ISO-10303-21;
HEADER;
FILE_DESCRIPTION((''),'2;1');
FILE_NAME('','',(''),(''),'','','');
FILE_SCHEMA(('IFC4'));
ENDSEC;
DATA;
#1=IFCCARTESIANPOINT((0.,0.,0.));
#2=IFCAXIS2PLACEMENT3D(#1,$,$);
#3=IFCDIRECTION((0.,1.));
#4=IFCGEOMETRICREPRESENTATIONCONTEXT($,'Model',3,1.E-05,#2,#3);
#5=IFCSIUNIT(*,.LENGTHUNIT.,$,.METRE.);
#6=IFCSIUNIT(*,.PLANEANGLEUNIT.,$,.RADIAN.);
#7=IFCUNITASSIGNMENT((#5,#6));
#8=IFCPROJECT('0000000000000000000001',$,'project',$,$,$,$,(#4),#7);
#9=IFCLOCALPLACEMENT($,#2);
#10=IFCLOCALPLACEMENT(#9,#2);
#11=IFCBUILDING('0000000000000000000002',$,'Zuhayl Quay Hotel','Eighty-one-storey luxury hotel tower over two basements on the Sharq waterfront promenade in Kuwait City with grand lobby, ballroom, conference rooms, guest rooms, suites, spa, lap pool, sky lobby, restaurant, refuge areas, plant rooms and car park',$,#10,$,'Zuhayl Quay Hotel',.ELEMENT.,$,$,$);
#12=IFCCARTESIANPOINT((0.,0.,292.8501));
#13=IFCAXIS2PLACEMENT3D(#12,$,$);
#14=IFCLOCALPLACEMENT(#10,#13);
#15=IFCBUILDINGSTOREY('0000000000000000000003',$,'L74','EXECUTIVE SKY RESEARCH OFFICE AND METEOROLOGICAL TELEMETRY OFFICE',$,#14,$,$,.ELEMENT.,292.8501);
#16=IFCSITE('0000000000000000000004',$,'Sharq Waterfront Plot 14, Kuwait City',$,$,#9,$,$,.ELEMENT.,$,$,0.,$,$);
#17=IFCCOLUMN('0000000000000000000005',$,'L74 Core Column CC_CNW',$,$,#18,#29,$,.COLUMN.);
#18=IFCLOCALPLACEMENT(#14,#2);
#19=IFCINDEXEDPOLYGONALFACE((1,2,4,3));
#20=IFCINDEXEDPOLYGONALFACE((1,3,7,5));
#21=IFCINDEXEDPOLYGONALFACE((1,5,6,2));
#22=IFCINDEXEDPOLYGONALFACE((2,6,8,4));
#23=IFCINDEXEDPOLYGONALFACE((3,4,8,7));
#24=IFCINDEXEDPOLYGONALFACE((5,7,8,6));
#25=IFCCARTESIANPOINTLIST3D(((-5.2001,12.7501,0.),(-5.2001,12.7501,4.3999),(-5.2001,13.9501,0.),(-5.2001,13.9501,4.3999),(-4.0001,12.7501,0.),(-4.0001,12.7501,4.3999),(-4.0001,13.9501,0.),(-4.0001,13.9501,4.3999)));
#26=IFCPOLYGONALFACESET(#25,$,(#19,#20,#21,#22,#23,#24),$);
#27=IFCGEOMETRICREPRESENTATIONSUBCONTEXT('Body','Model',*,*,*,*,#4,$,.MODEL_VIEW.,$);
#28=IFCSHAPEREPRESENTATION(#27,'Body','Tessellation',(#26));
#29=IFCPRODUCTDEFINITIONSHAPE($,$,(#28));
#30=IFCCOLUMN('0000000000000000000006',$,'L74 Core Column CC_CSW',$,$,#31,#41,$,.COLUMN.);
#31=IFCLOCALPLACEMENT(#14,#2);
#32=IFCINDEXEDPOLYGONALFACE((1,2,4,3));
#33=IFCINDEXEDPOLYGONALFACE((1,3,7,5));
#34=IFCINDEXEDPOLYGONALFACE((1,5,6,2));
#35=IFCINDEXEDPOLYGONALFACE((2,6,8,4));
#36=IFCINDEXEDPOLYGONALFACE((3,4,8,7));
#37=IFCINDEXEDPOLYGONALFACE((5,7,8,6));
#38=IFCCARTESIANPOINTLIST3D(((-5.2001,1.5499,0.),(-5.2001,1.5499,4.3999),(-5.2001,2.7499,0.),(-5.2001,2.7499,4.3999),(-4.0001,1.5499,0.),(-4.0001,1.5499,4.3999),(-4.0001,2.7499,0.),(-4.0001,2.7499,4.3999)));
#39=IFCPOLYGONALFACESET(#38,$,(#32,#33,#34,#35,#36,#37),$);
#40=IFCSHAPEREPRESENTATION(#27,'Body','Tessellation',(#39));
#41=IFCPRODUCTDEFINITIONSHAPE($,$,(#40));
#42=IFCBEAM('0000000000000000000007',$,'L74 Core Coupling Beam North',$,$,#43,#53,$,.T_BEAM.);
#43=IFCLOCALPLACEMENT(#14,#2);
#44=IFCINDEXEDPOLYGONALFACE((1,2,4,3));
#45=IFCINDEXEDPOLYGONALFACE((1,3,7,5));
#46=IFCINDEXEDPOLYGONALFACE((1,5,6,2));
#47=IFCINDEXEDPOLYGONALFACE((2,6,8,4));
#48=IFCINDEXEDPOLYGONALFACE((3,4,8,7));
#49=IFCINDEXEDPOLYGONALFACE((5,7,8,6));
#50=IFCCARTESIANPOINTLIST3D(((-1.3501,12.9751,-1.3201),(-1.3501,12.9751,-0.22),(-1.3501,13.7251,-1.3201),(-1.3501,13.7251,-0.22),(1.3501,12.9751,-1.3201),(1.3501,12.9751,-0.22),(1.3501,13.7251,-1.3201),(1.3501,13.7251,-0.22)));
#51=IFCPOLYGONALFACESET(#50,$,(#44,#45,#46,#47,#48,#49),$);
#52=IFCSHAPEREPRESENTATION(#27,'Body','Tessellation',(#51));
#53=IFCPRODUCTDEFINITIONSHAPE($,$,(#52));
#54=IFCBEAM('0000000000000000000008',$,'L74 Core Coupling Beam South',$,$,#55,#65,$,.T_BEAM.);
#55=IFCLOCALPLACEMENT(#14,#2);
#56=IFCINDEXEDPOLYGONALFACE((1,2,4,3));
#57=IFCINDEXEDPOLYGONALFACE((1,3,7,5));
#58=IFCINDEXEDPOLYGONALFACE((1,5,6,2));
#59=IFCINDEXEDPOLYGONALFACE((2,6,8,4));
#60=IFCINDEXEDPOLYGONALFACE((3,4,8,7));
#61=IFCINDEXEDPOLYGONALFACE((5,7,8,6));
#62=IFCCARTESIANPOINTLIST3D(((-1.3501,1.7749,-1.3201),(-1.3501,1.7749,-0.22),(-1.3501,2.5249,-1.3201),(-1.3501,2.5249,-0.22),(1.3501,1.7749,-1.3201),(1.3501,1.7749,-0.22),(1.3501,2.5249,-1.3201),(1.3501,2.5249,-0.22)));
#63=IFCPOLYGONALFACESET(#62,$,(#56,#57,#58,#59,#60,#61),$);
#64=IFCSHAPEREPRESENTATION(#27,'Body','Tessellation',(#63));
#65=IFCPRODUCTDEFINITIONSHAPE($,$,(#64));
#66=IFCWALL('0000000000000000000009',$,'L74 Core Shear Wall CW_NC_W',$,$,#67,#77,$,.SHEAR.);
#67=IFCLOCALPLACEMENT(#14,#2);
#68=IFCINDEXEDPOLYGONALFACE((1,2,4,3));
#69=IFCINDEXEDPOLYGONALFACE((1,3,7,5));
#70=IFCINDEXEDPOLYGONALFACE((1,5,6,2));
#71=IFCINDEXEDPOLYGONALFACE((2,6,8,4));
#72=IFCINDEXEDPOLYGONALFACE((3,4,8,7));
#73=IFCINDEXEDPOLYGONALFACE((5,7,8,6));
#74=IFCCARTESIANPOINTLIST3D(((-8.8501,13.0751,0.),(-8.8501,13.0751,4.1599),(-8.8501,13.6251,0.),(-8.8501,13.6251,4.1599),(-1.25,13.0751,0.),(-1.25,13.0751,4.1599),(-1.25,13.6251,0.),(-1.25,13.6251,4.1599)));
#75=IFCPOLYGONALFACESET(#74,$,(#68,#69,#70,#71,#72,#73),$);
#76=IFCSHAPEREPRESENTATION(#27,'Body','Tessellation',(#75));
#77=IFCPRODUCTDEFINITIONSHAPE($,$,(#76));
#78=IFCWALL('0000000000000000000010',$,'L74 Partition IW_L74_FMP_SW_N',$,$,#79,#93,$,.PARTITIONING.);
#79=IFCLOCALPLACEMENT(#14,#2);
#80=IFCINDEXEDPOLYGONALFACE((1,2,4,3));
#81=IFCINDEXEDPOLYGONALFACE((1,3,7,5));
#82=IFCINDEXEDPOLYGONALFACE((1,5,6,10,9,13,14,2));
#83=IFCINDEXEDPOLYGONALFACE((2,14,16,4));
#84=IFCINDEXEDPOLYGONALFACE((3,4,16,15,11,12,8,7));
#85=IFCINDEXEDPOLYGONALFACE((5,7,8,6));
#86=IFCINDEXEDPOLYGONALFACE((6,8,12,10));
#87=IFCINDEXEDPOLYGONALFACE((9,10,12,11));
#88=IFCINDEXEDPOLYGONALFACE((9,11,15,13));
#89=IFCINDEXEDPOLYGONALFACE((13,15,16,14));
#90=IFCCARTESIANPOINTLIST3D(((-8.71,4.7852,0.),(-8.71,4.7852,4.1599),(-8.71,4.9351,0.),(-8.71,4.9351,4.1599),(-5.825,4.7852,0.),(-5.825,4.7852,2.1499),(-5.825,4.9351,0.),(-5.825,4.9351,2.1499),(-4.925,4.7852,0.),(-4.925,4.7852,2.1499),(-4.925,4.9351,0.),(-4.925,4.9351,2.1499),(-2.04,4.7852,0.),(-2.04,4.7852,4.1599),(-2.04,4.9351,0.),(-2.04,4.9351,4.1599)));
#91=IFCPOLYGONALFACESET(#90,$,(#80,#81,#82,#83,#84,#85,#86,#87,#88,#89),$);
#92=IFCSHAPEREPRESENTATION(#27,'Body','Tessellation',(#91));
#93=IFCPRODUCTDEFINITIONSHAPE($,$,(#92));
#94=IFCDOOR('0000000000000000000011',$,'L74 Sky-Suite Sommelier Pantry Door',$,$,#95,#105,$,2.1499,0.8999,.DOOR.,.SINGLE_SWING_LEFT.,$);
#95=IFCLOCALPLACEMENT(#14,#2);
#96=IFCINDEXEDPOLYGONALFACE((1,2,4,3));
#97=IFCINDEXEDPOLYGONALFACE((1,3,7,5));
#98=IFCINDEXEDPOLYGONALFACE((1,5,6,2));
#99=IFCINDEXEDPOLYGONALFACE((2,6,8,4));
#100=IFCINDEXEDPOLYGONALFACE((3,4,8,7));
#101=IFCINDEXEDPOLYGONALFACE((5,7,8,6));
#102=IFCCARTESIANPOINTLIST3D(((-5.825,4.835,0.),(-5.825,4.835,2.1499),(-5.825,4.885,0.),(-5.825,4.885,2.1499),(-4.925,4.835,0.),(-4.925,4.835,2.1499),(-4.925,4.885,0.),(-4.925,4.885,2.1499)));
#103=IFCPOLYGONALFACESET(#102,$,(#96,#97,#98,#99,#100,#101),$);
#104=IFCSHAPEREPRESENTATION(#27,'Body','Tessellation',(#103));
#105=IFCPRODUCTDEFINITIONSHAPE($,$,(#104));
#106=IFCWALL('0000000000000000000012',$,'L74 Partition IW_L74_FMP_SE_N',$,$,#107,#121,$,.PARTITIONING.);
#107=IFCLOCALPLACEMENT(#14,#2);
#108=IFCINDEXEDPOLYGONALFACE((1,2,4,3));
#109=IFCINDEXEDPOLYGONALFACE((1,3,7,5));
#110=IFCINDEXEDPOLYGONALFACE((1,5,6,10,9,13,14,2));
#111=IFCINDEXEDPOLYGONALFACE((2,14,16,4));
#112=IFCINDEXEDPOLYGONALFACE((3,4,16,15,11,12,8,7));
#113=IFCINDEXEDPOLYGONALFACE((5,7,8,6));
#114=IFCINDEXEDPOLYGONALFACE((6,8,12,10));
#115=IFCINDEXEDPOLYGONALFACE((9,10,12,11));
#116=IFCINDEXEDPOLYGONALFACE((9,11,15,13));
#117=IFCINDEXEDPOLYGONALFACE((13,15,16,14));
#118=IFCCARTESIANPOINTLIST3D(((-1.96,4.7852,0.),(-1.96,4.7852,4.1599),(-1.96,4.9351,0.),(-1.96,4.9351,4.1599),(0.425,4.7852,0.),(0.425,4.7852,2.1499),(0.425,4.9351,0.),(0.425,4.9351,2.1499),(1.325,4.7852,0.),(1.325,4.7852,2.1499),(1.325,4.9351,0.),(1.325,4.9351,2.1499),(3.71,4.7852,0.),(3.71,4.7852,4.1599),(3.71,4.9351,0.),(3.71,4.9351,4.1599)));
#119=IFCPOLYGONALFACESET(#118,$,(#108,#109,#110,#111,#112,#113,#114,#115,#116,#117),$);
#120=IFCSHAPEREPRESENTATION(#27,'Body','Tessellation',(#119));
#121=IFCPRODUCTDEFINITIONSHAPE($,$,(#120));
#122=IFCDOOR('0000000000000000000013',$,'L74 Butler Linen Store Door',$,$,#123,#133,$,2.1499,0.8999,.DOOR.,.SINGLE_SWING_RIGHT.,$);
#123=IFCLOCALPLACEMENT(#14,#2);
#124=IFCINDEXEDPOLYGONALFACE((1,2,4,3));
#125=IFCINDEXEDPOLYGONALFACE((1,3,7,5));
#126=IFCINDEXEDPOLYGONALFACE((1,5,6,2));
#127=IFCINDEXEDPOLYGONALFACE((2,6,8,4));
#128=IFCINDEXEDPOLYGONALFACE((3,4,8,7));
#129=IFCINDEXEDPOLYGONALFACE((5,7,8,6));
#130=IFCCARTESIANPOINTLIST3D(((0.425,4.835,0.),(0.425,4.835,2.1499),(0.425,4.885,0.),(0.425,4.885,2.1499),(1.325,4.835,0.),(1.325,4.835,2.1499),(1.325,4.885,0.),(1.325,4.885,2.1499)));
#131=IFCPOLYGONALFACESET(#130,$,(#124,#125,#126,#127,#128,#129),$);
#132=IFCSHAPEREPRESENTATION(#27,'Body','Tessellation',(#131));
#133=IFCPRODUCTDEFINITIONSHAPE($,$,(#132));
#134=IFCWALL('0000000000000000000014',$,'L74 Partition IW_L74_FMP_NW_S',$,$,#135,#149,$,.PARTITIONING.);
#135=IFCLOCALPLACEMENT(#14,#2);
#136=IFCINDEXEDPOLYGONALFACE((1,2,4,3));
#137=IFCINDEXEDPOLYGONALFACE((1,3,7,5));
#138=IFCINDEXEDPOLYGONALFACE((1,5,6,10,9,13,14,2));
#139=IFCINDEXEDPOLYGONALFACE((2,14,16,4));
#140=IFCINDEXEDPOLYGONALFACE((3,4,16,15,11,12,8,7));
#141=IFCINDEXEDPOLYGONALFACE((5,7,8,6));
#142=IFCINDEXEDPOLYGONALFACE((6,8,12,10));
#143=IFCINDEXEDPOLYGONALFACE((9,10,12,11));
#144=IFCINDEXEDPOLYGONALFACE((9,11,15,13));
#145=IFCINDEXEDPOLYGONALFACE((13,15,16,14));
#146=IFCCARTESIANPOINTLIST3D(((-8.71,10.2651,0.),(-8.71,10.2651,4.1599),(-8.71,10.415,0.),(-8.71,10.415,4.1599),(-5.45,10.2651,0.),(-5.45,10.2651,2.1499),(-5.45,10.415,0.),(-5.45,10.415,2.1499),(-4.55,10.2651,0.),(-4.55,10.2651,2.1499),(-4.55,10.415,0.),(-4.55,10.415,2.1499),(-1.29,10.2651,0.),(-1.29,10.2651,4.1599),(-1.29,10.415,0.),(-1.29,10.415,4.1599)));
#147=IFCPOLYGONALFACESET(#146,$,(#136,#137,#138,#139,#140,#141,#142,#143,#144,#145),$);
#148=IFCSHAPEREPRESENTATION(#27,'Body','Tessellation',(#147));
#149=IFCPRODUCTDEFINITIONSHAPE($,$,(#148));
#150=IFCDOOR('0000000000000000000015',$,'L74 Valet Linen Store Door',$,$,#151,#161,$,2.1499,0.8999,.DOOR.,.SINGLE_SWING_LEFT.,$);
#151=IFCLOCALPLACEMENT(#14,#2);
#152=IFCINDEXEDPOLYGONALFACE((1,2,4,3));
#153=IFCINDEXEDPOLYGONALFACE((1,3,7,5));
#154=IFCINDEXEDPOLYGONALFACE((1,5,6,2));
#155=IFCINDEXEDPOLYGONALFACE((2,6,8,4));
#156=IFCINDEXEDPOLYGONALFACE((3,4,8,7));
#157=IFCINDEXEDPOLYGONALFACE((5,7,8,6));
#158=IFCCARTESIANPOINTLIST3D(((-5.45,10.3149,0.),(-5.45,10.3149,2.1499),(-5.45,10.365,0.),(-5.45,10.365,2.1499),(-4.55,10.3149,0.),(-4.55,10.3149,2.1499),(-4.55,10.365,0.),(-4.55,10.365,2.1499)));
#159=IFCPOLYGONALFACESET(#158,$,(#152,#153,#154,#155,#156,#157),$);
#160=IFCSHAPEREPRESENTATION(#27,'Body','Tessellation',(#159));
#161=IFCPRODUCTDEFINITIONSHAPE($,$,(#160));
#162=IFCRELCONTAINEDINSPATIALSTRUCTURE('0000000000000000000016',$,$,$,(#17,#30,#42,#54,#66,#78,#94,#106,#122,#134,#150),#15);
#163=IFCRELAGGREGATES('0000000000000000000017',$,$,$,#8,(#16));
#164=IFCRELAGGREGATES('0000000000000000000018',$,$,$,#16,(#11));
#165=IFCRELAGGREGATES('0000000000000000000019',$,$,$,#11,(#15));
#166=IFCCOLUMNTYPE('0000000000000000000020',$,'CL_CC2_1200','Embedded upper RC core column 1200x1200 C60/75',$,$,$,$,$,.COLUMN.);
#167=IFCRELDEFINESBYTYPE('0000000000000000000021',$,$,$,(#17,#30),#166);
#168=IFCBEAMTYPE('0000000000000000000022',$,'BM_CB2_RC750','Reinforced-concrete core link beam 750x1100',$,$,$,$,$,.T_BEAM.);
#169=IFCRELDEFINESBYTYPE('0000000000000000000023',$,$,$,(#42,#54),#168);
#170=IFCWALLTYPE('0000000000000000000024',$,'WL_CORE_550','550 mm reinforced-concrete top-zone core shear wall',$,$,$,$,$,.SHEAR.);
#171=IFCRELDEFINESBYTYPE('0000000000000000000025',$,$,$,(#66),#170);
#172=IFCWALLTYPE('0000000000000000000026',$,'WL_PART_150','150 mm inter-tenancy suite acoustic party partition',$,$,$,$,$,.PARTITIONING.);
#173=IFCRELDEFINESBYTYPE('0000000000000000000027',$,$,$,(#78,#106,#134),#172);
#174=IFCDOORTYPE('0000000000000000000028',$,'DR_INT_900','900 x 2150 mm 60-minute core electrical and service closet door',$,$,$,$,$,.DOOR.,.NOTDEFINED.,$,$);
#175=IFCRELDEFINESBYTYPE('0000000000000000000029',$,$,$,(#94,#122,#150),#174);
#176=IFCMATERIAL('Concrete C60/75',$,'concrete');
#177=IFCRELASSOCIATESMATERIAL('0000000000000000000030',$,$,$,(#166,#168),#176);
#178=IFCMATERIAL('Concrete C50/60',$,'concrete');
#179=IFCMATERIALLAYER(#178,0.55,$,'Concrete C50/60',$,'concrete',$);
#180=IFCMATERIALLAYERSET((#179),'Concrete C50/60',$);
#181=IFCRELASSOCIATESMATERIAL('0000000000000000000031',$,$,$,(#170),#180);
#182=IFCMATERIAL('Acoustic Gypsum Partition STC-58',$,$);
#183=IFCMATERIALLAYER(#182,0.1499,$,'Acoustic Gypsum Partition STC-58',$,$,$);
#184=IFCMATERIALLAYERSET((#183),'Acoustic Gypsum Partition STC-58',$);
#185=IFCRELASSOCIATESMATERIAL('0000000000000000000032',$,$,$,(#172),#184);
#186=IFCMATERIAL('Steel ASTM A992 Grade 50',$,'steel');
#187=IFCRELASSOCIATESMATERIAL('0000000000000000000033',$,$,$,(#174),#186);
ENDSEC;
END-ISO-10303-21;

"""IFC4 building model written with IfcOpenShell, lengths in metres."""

from ifc_helpers import new_model, si_unit, direction, frame, frame_2d, origin, origin_2d, place, context, subcontext, project, spatial, rectangle, extrude, material, layer, layer_set, material_profile, profile_set, type_object, element, fill, save


model = new_model("IFC4")

# Units and contexts
model_context = context("Model", 3, precision=1e-05, world=origin(), true_north=direction((0.0, 1.0)))
body_context = subcontext(model_context, "Body", "Model", "MODEL_VIEW")
ifc_project = project(units=[si_unit("LENGTHUNIT", "METRE"), si_unit("PLANEANGLEUNIT", "RADIAN")], contexts=[model_context])

# Site, building, storey
site_placement = place(None, origin())
site = spatial("IfcSite", under=ifc_project, at=site_placement, Name="Sharq Waterfront Plot 14, Kuwait City", CompositionType="ELEMENT", RefElevation=0.0)
building_placement = place(site_placement, origin())
building = spatial("IfcBuilding", under=site, at=building_placement, Name="Zuhayl Quay Hotel", Description="Eighty-one-storey luxury hotel tower over two basements on the Sharq waterfront promenade in Kuwait City with grand lobby, ballroom, conference rooms, guest rooms, suites, spa, lap pool, sky lobby, restaurant, refuge areas, plant rooms and car park", LongName="Zuhayl Quay Hotel", CompositionType="ELEMENT")
storey_placement = place(building_placement, frame((0.0, 0.0, 292.8501)))
storey = spatial("IfcBuildingStorey", under=building, at=storey_placement, Name="L74", Description="EXECUTIVE SKY RESEARCH OFFICE AND METEOROLOGICAL TELEMETRY OFFICE", CompositionType="ELEMENT", Elevation=292.8501)

# Columns
ifc_material_1 = material(Name="Concrete C60/75", Category="concrete")
ifc_material_profile_1 = material_profile(ifc_material_1, rectangle(XDim=1.2, YDim=1.2, at=origin_2d()), Name="RC1200X1200")
ifc_profile_set_1 = profile_set([ifc_material_profile_1], Name="Concrete C60/75")
column_type = type_object("IfcColumnType", Name="CL_CC2_1200", Description="Embedded upper RC core column 1200x1200 C60/75", PredefinedType="COLUMN", material=ifc_profile_set_1)
for number, where, z_axis, x_axis, name in (
    (1, (-4.6001, 13.3501, 0.0), (0.0, 0.0, 1.0), (1.0, 0.0, 0.0), "L74 Core Column CC_CNW"),
    (2, (-4.6001, 2.1499, 0.0), (0.0, 0.0, 1.0), (1.0, 0.0, 0.0), "L74 Core Column CC_CSW"),
):
    element("IfcColumn", number, at=place(storey_placement, frame(where, z_axis=z_axis, x_axis=x_axis)), inside=storey, type_object=column_type, Name=name, PredefinedType="COLUMN", context=body_context, shape_type="SweptSolid", body=[
        extrude(rectangle(XDim=1.2, YDim=1.2, at=origin_2d()), origin(), (0.0, 0.0, 1.0), 4.3999),
    ])

# Beams
ifc_material_profile_2 = material_profile(ifc_material_1, rectangle(XDim=0.75, YDim=1.1001, at=origin_2d()), Name="RC750X1100")
ifc_profile_set_2 = profile_set([ifc_material_profile_2], Name="Concrete C60/75")
beam_type = type_object("IfcBeamType", Name="BM_CB2_RC750", Description="Reinforced-concrete core link beam 750x1100", PredefinedType="T_BEAM", material=ifc_profile_set_2)
for number, where, z_axis, x_axis, name in (
    (3, (-1.3501, 13.3501, -0.77), (1.0, 0.0, 0.0), (0.0, 1.0, 0.0), "L74 Core Coupling Beam North"),
    (4, (-1.3501, 2.1499, -0.77), (1.0, 0.0, 0.0), (0.0, 1.0, 0.0), "L74 Core Coupling Beam South"),
):
    element("IfcBeam", number, at=place(storey_placement, frame(where, z_axis=z_axis, x_axis=x_axis)), inside=storey, type_object=beam_type, Name=name, PredefinedType="T_BEAM", context=body_context, shape_type="SweptSolid", body=[
        extrude(rectangle(XDim=0.75, YDim=1.1001, at=origin_2d()), origin(), (0.0, 0.0, 1.0), 2.7002),
    ])

# Wall
ifc_material_2 = material(Name="Concrete C50/60", Category="concrete")
ifc_layer_1 = layer(ifc_material_2, 0.55, Name="Concrete C50/60", Category="concrete")
ifc_layer_set_1 = layer_set([ifc_layer_1], Name="Concrete C50/60")
wall_type_1 = type_object("IfcWallType", Name="WL_CORE_550", Description="550 mm reinforced-concrete top-zone core shear wall", PredefinedType="SHEAR", material=ifc_layer_set_1)
wall_1_placement = place(storey_placement, frame((-8.8501, 13.3501, 0.0), z_axis=(0.0, 0.0, 1.0), x_axis=(1.0, 0.0, 0.0)))
element("IfcWall", 5, at=wall_1_placement, inside=storey, type_object=wall_type_1, Name="L74 Core Shear Wall CW_NC_W", PredefinedType="SHEAR", context=body_context, shape_type="SweptSolid", body=[
    extrude(rectangle(XDim=7.6001, YDim=0.55, at=frame_2d((3.8, 0.0))), origin(), (0.0, 0.0, 1.0), 4.1599),
])

# Walls, openings, doors
ifc_material_3 = material(Name="Acoustic Gypsum Partition STC-58")
ifc_layer_2 = layer(ifc_material_3, 0.1499, Name="Acoustic Gypsum Partition STC-58")
ifc_layer_set_2 = layer_set([ifc_layer_2], Name="Acoustic Gypsum Partition STC-58")
wall_type_2 = type_object("IfcWallType", Name="WL_PART_150", Description="150 mm inter-tenancy suite acoustic party partition", PredefinedType="PARTITIONING", material=ifc_layer_set_2)
wall_2_placement = place(storey_placement, frame((-8.71, 4.8601, 0.0), z_axis=(0.0, 0.0, 1.0), x_axis=(1.0, 0.0, 0.0)))
wall_2 = element("IfcWall", 6, at=wall_2_placement, inside=storey, type_object=wall_type_2, Name="L74 Partition IW_L74_FMP_SW_N", PredefinedType="PARTITIONING", context=body_context, shape_type="SweptSolid", body=[
    extrude(rectangle(XDim=6.6699, YDim=0.1499, at=frame_2d((3.335, 0.0))), origin(), (0.0, 0.0, 1.0), 4.1599),
])
opening_1_placement = place(wall_2_placement, frame((2.885, 0.0, 0.0)))
opening_1 = element("IfcOpeningElement", 7, at=opening_1_placement, cuts=wall_2, PredefinedType="OPENING", context=body_context, shape_type="SweptSolid", body=[
    extrude(rectangle(XDim=0.8999, YDim=2.1499, at=frame_2d((0.45, 1.075))), frame((0.0, 0.085, 0.0), z_axis=(0.0, -1.0, 0.0), x_axis=(1.0, 0.0, 0.0)), (0.0, 0.0, 1.0), 0.1699),
])
ifc_material_4 = material(Name="Steel ASTM A992 Grade 50", Category="steel")
door_type_1 = type_object("IfcDoorType", Name="DR_INT_900", Description="900 x 2150 mm 60-minute core electrical and service closet door", OperationType="NOTDEFINED", PredefinedType="DOOR", material=ifc_material_4)
door_1_placement = place(opening_1_placement, origin())
door_1 = element("IfcDoor", 8, at=door_1_placement, inside=storey, type_object=door_type_1, Name="L74 Sky-Suite Sommelier Pantry Door", OperationType="SINGLE_SWING_LEFT", OverallHeight=2.1499, OverallWidth=0.8999, PredefinedType="DOOR", context=body_context, shape_type="SweptSolid", body=[
    extrude(rectangle(XDim=0.8999, YDim=2.1499, at=frame_2d((0.45, 1.075))), frame((0.0, 0.0249, 0.0), z_axis=(0.0, -1.0, 0.0), x_axis=(1.0, 0.0, 0.0)), (0.0, 0.0, 1.0), 0.05),
])
fill(opening_1, door_1)
wall_3_placement = place(storey_placement, frame((-1.96, 4.8601, 0.0), z_axis=(0.0, 0.0, 1.0), x_axis=(1.0, 0.0, 0.0)))
wall_3 = element("IfcWall", 9, at=wall_3_placement, inside=storey, type_object=wall_type_2, Name="L74 Partition IW_L74_FMP_SE_N", PredefinedType="PARTITIONING", context=body_context, shape_type="SweptSolid", body=[
    extrude(rectangle(XDim=5.6699, YDim=0.1499, at=frame_2d((2.835, 0.0))), origin(), (0.0, 0.0, 1.0), 4.1599),
])
opening_2_placement = place(wall_3_placement, frame((2.385, 0.0, 0.0)))
opening_2 = element("IfcOpeningElement", 10, at=opening_2_placement, cuts=wall_3, PredefinedType="OPENING", context=body_context, shape_type="SweptSolid", body=[
    extrude(rectangle(XDim=0.8999, YDim=2.1499, at=frame_2d((0.45, 1.075))), frame((0.0, 0.085, 0.0), z_axis=(0.0, -1.0, 0.0), x_axis=(1.0, 0.0, 0.0)), (0.0, 0.0, 1.0), 0.1699),
])
door_2_placement = place(opening_2_placement, origin())
door_2 = element("IfcDoor", 11, at=door_2_placement, inside=storey, type_object=door_type_1, Name="L74 Butler Linen Store Door", OperationType="SINGLE_SWING_RIGHT", OverallHeight=2.1499, OverallWidth=0.8999, PredefinedType="DOOR", context=body_context, shape_type="SweptSolid", body=[
    extrude(rectangle(XDim=0.8999, YDim=2.1499, at=frame_2d((0.45, 1.075))), frame((0.0, 0.0249, 0.0), z_axis=(0.0, -1.0, 0.0), x_axis=(1.0, 0.0, 0.0)), (0.0, 0.0, 1.0), 0.05),
])
fill(opening_2, door_2)
wall_4_placement = place(storey_placement, frame((-8.71, 10.3401, 0.0), z_axis=(0.0, 0.0, 1.0), x_axis=(1.0, 0.0, 0.0)))
wall_4 = element("IfcWall", 12, at=wall_4_placement, inside=storey, type_object=wall_type_2, Name="L74 Partition IW_L74_FMP_NW_S", PredefinedType="PARTITIONING", context=body_context, shape_type="SweptSolid", body=[
    extrude(rectangle(XDim=7.4199, YDim=0.1499, at=frame_2d((3.71, 0.0))), origin(), (0.0, 0.0, 1.0), 4.1599),
])
opening_3_placement = place(wall_4_placement, frame((3.26, 0.0, 0.0)))
opening_3 = element("IfcOpeningElement", 13, at=opening_3_placement, cuts=wall_4, PredefinedType="OPENING", context=body_context, shape_type="SweptSolid", body=[
    extrude(rectangle(XDim=0.8999, YDim=2.1499, at=frame_2d((0.45, 1.075))), frame((0.0, 0.085, 0.0), z_axis=(0.0, -1.0, 0.0), x_axis=(1.0, 0.0, 0.0)), (0.0, 0.0, 1.0), 0.1699),
])
door_3_placement = place(opening_3_placement, origin())
door_3 = element("IfcDoor", 14, at=door_3_placement, inside=storey, type_object=door_type_1, Name="L74 Valet Linen Store Door", OperationType="SINGLE_SWING_LEFT", OverallHeight=2.1499, OverallWidth=0.8999, PredefinedType="DOOR", context=body_context, shape_type="SweptSolid", body=[
    extrude(rectangle(XDim=0.8999, YDim=2.1499, at=frame_2d((0.45, 1.075))), frame((0.0, 0.0249, 0.0), z_axis=(0.0, -1.0, 0.0), x_axis=(1.0, 0.0, 0.0)), (0.0, 0.0, 1.0), 0.05),
])
fill(opening_3, door_3)

save(model, "model.ifc")
